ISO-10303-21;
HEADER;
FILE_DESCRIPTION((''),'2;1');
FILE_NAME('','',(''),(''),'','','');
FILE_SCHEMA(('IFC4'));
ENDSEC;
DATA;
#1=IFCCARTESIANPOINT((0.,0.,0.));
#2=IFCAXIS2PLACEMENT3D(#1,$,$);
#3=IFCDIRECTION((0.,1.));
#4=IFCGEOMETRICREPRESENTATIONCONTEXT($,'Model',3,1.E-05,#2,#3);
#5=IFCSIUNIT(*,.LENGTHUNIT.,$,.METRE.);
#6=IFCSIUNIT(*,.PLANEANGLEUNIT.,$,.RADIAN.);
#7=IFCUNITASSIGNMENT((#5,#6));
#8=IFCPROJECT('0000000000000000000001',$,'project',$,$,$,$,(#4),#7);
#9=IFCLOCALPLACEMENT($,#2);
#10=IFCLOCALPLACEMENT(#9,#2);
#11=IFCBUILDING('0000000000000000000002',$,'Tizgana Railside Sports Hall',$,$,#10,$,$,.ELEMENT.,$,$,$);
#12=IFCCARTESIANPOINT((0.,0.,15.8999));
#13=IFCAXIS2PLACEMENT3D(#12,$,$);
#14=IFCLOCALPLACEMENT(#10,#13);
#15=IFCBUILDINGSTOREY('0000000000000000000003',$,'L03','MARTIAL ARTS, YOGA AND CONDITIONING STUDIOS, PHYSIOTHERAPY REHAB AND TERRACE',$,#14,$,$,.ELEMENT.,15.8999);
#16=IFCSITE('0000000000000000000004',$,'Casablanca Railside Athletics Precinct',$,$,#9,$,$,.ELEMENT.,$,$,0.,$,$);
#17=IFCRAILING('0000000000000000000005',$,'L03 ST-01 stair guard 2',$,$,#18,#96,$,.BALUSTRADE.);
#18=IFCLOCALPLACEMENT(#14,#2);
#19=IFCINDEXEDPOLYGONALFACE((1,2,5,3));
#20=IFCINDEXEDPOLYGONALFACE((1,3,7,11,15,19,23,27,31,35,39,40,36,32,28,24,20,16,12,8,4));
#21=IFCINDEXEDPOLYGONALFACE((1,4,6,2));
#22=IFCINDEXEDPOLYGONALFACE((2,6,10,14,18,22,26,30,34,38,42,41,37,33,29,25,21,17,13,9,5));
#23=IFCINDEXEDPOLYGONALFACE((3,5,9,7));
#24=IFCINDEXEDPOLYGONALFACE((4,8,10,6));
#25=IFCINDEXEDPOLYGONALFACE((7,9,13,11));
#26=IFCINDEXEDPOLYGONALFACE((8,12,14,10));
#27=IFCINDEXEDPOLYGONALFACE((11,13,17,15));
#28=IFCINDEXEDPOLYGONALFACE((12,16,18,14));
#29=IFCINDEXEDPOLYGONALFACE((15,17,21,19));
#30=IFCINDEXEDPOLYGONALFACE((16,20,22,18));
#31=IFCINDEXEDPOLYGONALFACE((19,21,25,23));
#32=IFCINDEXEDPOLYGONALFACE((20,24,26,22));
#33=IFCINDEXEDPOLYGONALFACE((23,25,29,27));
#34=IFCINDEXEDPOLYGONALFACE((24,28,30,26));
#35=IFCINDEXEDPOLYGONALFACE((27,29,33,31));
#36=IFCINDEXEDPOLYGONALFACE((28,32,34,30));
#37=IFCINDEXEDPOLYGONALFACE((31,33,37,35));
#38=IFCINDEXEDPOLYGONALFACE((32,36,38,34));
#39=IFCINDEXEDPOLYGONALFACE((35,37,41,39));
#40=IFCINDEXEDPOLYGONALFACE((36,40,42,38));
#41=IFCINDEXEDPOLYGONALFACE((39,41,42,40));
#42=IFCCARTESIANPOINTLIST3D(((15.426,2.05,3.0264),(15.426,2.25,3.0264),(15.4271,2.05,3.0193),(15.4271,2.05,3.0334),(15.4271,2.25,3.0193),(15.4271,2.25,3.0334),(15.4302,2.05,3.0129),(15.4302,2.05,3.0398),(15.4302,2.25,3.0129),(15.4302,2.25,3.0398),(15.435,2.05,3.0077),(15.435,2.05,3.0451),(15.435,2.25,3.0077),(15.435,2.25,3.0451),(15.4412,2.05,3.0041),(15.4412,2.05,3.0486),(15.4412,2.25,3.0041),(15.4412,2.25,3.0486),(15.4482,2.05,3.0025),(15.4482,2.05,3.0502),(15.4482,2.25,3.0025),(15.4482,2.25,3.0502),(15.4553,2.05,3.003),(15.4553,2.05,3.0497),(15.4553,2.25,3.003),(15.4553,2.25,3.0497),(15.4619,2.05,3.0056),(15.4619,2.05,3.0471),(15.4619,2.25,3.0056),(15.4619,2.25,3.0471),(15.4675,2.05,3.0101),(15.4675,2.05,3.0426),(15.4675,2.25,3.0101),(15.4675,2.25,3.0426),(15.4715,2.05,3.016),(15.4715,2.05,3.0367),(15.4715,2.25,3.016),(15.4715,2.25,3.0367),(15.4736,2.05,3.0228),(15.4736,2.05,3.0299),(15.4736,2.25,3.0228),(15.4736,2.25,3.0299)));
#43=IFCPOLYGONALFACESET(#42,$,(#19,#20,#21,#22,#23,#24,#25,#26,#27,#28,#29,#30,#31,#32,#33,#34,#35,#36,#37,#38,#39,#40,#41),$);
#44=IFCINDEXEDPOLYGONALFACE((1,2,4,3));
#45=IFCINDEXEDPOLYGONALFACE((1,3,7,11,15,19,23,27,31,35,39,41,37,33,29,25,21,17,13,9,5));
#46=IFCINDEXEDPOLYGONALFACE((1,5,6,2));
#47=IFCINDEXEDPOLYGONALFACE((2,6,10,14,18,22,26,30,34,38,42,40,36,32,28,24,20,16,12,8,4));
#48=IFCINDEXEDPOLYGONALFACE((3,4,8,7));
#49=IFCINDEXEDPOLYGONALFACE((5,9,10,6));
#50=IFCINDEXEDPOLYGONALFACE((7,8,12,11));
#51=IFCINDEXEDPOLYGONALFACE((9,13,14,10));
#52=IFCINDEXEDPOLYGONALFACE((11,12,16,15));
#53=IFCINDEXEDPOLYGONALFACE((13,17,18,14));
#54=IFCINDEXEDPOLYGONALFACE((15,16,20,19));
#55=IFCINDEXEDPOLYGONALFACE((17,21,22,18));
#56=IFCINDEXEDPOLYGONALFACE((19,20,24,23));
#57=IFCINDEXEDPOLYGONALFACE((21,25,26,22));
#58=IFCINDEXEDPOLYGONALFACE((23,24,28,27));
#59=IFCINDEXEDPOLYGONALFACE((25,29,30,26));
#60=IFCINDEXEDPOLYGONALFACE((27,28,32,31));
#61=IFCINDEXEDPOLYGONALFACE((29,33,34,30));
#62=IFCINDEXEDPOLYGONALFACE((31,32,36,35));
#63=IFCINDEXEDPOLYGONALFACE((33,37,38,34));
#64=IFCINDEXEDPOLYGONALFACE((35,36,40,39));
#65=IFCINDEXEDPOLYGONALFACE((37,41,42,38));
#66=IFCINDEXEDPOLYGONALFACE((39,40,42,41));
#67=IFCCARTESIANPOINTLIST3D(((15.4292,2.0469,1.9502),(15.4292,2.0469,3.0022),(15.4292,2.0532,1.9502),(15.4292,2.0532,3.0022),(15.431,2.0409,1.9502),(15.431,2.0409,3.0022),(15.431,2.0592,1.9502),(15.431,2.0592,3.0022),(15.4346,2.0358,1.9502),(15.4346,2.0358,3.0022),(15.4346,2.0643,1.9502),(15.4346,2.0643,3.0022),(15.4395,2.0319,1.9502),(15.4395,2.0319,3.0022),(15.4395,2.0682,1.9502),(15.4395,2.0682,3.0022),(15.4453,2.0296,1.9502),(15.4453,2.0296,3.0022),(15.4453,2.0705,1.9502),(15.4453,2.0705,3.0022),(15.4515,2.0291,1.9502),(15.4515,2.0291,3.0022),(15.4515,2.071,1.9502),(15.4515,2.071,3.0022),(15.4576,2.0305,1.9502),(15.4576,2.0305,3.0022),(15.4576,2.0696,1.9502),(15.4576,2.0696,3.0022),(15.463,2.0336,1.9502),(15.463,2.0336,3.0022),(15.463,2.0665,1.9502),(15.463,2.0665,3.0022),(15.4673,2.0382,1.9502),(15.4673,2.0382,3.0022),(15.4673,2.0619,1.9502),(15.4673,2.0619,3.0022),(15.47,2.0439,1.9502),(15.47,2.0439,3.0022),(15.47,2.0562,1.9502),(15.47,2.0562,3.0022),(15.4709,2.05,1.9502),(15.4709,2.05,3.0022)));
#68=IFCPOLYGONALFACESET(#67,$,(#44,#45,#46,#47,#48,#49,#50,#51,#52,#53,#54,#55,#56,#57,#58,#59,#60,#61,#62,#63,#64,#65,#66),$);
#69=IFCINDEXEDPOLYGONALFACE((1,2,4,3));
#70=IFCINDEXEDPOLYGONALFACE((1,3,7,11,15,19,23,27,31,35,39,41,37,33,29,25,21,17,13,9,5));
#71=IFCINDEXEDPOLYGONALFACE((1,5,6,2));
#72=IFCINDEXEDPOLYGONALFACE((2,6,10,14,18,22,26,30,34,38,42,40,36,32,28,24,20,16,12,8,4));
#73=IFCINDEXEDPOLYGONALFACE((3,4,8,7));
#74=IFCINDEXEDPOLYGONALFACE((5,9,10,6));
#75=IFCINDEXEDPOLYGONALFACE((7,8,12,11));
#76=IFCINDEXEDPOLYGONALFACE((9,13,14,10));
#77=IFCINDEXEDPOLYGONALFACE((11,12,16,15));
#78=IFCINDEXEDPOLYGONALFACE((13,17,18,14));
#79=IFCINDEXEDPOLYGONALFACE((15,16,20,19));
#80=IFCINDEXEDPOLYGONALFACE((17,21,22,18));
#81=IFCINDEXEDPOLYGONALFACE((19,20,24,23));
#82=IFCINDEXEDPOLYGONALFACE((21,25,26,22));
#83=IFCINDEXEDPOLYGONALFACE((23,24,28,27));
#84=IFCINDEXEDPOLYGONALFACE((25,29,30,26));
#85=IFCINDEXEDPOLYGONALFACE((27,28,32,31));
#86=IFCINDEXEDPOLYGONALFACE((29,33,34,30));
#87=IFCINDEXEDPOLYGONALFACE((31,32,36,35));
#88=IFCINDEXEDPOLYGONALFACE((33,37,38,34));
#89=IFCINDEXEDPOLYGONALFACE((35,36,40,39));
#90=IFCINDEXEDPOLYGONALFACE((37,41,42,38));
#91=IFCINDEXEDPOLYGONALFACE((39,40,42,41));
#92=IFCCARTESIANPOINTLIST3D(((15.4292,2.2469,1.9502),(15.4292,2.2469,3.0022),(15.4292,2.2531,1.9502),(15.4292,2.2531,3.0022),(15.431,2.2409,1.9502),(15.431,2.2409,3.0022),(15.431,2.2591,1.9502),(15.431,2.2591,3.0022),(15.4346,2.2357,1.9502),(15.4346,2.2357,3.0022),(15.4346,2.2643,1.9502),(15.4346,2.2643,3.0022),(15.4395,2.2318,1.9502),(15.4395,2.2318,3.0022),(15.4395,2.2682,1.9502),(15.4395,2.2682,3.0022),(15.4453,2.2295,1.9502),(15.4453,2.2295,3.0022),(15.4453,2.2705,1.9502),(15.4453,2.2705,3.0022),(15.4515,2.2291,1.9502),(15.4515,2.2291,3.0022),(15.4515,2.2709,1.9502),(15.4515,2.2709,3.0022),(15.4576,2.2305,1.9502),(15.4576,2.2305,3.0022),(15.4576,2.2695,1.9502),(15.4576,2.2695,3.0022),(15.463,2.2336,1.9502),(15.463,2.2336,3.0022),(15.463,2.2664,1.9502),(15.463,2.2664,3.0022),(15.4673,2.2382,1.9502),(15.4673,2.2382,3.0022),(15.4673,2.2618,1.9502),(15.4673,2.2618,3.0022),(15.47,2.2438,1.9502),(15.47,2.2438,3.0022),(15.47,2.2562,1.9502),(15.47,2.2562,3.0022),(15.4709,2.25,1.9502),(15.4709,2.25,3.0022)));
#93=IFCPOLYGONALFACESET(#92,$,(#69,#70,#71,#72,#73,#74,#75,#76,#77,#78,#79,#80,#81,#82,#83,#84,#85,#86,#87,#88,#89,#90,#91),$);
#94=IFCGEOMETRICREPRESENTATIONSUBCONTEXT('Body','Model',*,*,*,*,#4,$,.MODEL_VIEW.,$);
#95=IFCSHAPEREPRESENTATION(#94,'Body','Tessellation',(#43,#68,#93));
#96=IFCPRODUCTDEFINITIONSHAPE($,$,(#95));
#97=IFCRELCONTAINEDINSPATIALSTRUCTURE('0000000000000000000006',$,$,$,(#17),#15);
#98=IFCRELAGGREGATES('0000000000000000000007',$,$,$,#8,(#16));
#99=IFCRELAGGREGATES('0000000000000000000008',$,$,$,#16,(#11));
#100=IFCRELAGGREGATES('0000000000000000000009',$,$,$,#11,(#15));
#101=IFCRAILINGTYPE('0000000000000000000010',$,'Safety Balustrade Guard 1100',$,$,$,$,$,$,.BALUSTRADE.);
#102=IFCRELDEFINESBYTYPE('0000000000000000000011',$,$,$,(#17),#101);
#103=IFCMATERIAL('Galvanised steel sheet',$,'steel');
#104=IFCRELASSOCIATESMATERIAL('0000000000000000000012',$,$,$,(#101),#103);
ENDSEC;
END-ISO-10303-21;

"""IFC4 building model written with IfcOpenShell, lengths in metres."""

from ifc_helpers import new_model, si_unit, direction, frame, origin, origin_2d, place, context, subcontext, project, spatial, circle, extrude, material, type_object, element, save


model = new_model("IFC4")

# Units and contexts
model_context = context("Model", 3, precision=1e-05, world=origin(), true_north=direction((0.0, 1.0)))
body_context = subcontext(model_context, "Body", "Model", "MODEL_VIEW")
ifc_project = project(units=[si_unit("LENGTHUNIT", "METRE"), si_unit("PLANEANGLEUNIT", "RADIAN")], contexts=[model_context])

# Site, building, storey
site_placement = place(None, origin())
site = spatial("IfcSite", under=ifc_project, at=site_placement, Name="Casablanca Railside Athletics Precinct", CompositionType="ELEMENT", RefElevation=0.0)
building_placement = place(site_placement, origin())
building = spatial("IfcBuilding", under=site, at=building_placement, Name="Tizgana Railside Sports Hall", CompositionType="ELEMENT")
storey_placement = place(building_placement, frame((0.0, 0.0, 15.8999)))
storey = spatial("IfcBuildingStorey", under=building, at=storey_placement, Name="L03", Description="MARTIAL ARTS, YOGA AND CONDITIONING STUDIOS, PHYSIOTHERAPY REHAB AND TERRACE", CompositionType="ELEMENT", Elevation=15.8999)

# Railing
ifc_material_1 = material(Name="Galvanised steel sheet", Category="steel")
railing_type_1 = type_object("IfcRailingType", Name="Safety Balustrade Guard 1100", PredefinedType="BALUSTRADE", material=ifc_material_1)
railing_1_placement = place(storey_placement, frame((15.45, 2.05, 1.9502)))
element("IfcRailing", 1, at=railing_1_placement, inside=storey, type_object=railing_type_1, Name="L03 ST-01 stair guard 2", PredefinedType="BALUSTRADE", context=body_context, shape_type="SweptSolid", body=[
    extrude(circle(Radius=0.0239, at=origin_2d()), frame((0.0, 0.0, 1.0762), z_axis=(0.0, 1.0, 0.0), x_axis=(-1.0, 0.0, 0.0)), (0.0, 0.0, 1.0), 0.2),
    extrude(circle(Radius=0.021, at=origin_2d()), origin(), (0.0, 0.0, 1.0), 1.052),
    extrude(circle(Radius=0.021, at=origin_2d()), frame((0.0, 0.2, 0.0)), (0.0, 0.0, 1.0), 1.052),
])

save(model, "model.ifc")
